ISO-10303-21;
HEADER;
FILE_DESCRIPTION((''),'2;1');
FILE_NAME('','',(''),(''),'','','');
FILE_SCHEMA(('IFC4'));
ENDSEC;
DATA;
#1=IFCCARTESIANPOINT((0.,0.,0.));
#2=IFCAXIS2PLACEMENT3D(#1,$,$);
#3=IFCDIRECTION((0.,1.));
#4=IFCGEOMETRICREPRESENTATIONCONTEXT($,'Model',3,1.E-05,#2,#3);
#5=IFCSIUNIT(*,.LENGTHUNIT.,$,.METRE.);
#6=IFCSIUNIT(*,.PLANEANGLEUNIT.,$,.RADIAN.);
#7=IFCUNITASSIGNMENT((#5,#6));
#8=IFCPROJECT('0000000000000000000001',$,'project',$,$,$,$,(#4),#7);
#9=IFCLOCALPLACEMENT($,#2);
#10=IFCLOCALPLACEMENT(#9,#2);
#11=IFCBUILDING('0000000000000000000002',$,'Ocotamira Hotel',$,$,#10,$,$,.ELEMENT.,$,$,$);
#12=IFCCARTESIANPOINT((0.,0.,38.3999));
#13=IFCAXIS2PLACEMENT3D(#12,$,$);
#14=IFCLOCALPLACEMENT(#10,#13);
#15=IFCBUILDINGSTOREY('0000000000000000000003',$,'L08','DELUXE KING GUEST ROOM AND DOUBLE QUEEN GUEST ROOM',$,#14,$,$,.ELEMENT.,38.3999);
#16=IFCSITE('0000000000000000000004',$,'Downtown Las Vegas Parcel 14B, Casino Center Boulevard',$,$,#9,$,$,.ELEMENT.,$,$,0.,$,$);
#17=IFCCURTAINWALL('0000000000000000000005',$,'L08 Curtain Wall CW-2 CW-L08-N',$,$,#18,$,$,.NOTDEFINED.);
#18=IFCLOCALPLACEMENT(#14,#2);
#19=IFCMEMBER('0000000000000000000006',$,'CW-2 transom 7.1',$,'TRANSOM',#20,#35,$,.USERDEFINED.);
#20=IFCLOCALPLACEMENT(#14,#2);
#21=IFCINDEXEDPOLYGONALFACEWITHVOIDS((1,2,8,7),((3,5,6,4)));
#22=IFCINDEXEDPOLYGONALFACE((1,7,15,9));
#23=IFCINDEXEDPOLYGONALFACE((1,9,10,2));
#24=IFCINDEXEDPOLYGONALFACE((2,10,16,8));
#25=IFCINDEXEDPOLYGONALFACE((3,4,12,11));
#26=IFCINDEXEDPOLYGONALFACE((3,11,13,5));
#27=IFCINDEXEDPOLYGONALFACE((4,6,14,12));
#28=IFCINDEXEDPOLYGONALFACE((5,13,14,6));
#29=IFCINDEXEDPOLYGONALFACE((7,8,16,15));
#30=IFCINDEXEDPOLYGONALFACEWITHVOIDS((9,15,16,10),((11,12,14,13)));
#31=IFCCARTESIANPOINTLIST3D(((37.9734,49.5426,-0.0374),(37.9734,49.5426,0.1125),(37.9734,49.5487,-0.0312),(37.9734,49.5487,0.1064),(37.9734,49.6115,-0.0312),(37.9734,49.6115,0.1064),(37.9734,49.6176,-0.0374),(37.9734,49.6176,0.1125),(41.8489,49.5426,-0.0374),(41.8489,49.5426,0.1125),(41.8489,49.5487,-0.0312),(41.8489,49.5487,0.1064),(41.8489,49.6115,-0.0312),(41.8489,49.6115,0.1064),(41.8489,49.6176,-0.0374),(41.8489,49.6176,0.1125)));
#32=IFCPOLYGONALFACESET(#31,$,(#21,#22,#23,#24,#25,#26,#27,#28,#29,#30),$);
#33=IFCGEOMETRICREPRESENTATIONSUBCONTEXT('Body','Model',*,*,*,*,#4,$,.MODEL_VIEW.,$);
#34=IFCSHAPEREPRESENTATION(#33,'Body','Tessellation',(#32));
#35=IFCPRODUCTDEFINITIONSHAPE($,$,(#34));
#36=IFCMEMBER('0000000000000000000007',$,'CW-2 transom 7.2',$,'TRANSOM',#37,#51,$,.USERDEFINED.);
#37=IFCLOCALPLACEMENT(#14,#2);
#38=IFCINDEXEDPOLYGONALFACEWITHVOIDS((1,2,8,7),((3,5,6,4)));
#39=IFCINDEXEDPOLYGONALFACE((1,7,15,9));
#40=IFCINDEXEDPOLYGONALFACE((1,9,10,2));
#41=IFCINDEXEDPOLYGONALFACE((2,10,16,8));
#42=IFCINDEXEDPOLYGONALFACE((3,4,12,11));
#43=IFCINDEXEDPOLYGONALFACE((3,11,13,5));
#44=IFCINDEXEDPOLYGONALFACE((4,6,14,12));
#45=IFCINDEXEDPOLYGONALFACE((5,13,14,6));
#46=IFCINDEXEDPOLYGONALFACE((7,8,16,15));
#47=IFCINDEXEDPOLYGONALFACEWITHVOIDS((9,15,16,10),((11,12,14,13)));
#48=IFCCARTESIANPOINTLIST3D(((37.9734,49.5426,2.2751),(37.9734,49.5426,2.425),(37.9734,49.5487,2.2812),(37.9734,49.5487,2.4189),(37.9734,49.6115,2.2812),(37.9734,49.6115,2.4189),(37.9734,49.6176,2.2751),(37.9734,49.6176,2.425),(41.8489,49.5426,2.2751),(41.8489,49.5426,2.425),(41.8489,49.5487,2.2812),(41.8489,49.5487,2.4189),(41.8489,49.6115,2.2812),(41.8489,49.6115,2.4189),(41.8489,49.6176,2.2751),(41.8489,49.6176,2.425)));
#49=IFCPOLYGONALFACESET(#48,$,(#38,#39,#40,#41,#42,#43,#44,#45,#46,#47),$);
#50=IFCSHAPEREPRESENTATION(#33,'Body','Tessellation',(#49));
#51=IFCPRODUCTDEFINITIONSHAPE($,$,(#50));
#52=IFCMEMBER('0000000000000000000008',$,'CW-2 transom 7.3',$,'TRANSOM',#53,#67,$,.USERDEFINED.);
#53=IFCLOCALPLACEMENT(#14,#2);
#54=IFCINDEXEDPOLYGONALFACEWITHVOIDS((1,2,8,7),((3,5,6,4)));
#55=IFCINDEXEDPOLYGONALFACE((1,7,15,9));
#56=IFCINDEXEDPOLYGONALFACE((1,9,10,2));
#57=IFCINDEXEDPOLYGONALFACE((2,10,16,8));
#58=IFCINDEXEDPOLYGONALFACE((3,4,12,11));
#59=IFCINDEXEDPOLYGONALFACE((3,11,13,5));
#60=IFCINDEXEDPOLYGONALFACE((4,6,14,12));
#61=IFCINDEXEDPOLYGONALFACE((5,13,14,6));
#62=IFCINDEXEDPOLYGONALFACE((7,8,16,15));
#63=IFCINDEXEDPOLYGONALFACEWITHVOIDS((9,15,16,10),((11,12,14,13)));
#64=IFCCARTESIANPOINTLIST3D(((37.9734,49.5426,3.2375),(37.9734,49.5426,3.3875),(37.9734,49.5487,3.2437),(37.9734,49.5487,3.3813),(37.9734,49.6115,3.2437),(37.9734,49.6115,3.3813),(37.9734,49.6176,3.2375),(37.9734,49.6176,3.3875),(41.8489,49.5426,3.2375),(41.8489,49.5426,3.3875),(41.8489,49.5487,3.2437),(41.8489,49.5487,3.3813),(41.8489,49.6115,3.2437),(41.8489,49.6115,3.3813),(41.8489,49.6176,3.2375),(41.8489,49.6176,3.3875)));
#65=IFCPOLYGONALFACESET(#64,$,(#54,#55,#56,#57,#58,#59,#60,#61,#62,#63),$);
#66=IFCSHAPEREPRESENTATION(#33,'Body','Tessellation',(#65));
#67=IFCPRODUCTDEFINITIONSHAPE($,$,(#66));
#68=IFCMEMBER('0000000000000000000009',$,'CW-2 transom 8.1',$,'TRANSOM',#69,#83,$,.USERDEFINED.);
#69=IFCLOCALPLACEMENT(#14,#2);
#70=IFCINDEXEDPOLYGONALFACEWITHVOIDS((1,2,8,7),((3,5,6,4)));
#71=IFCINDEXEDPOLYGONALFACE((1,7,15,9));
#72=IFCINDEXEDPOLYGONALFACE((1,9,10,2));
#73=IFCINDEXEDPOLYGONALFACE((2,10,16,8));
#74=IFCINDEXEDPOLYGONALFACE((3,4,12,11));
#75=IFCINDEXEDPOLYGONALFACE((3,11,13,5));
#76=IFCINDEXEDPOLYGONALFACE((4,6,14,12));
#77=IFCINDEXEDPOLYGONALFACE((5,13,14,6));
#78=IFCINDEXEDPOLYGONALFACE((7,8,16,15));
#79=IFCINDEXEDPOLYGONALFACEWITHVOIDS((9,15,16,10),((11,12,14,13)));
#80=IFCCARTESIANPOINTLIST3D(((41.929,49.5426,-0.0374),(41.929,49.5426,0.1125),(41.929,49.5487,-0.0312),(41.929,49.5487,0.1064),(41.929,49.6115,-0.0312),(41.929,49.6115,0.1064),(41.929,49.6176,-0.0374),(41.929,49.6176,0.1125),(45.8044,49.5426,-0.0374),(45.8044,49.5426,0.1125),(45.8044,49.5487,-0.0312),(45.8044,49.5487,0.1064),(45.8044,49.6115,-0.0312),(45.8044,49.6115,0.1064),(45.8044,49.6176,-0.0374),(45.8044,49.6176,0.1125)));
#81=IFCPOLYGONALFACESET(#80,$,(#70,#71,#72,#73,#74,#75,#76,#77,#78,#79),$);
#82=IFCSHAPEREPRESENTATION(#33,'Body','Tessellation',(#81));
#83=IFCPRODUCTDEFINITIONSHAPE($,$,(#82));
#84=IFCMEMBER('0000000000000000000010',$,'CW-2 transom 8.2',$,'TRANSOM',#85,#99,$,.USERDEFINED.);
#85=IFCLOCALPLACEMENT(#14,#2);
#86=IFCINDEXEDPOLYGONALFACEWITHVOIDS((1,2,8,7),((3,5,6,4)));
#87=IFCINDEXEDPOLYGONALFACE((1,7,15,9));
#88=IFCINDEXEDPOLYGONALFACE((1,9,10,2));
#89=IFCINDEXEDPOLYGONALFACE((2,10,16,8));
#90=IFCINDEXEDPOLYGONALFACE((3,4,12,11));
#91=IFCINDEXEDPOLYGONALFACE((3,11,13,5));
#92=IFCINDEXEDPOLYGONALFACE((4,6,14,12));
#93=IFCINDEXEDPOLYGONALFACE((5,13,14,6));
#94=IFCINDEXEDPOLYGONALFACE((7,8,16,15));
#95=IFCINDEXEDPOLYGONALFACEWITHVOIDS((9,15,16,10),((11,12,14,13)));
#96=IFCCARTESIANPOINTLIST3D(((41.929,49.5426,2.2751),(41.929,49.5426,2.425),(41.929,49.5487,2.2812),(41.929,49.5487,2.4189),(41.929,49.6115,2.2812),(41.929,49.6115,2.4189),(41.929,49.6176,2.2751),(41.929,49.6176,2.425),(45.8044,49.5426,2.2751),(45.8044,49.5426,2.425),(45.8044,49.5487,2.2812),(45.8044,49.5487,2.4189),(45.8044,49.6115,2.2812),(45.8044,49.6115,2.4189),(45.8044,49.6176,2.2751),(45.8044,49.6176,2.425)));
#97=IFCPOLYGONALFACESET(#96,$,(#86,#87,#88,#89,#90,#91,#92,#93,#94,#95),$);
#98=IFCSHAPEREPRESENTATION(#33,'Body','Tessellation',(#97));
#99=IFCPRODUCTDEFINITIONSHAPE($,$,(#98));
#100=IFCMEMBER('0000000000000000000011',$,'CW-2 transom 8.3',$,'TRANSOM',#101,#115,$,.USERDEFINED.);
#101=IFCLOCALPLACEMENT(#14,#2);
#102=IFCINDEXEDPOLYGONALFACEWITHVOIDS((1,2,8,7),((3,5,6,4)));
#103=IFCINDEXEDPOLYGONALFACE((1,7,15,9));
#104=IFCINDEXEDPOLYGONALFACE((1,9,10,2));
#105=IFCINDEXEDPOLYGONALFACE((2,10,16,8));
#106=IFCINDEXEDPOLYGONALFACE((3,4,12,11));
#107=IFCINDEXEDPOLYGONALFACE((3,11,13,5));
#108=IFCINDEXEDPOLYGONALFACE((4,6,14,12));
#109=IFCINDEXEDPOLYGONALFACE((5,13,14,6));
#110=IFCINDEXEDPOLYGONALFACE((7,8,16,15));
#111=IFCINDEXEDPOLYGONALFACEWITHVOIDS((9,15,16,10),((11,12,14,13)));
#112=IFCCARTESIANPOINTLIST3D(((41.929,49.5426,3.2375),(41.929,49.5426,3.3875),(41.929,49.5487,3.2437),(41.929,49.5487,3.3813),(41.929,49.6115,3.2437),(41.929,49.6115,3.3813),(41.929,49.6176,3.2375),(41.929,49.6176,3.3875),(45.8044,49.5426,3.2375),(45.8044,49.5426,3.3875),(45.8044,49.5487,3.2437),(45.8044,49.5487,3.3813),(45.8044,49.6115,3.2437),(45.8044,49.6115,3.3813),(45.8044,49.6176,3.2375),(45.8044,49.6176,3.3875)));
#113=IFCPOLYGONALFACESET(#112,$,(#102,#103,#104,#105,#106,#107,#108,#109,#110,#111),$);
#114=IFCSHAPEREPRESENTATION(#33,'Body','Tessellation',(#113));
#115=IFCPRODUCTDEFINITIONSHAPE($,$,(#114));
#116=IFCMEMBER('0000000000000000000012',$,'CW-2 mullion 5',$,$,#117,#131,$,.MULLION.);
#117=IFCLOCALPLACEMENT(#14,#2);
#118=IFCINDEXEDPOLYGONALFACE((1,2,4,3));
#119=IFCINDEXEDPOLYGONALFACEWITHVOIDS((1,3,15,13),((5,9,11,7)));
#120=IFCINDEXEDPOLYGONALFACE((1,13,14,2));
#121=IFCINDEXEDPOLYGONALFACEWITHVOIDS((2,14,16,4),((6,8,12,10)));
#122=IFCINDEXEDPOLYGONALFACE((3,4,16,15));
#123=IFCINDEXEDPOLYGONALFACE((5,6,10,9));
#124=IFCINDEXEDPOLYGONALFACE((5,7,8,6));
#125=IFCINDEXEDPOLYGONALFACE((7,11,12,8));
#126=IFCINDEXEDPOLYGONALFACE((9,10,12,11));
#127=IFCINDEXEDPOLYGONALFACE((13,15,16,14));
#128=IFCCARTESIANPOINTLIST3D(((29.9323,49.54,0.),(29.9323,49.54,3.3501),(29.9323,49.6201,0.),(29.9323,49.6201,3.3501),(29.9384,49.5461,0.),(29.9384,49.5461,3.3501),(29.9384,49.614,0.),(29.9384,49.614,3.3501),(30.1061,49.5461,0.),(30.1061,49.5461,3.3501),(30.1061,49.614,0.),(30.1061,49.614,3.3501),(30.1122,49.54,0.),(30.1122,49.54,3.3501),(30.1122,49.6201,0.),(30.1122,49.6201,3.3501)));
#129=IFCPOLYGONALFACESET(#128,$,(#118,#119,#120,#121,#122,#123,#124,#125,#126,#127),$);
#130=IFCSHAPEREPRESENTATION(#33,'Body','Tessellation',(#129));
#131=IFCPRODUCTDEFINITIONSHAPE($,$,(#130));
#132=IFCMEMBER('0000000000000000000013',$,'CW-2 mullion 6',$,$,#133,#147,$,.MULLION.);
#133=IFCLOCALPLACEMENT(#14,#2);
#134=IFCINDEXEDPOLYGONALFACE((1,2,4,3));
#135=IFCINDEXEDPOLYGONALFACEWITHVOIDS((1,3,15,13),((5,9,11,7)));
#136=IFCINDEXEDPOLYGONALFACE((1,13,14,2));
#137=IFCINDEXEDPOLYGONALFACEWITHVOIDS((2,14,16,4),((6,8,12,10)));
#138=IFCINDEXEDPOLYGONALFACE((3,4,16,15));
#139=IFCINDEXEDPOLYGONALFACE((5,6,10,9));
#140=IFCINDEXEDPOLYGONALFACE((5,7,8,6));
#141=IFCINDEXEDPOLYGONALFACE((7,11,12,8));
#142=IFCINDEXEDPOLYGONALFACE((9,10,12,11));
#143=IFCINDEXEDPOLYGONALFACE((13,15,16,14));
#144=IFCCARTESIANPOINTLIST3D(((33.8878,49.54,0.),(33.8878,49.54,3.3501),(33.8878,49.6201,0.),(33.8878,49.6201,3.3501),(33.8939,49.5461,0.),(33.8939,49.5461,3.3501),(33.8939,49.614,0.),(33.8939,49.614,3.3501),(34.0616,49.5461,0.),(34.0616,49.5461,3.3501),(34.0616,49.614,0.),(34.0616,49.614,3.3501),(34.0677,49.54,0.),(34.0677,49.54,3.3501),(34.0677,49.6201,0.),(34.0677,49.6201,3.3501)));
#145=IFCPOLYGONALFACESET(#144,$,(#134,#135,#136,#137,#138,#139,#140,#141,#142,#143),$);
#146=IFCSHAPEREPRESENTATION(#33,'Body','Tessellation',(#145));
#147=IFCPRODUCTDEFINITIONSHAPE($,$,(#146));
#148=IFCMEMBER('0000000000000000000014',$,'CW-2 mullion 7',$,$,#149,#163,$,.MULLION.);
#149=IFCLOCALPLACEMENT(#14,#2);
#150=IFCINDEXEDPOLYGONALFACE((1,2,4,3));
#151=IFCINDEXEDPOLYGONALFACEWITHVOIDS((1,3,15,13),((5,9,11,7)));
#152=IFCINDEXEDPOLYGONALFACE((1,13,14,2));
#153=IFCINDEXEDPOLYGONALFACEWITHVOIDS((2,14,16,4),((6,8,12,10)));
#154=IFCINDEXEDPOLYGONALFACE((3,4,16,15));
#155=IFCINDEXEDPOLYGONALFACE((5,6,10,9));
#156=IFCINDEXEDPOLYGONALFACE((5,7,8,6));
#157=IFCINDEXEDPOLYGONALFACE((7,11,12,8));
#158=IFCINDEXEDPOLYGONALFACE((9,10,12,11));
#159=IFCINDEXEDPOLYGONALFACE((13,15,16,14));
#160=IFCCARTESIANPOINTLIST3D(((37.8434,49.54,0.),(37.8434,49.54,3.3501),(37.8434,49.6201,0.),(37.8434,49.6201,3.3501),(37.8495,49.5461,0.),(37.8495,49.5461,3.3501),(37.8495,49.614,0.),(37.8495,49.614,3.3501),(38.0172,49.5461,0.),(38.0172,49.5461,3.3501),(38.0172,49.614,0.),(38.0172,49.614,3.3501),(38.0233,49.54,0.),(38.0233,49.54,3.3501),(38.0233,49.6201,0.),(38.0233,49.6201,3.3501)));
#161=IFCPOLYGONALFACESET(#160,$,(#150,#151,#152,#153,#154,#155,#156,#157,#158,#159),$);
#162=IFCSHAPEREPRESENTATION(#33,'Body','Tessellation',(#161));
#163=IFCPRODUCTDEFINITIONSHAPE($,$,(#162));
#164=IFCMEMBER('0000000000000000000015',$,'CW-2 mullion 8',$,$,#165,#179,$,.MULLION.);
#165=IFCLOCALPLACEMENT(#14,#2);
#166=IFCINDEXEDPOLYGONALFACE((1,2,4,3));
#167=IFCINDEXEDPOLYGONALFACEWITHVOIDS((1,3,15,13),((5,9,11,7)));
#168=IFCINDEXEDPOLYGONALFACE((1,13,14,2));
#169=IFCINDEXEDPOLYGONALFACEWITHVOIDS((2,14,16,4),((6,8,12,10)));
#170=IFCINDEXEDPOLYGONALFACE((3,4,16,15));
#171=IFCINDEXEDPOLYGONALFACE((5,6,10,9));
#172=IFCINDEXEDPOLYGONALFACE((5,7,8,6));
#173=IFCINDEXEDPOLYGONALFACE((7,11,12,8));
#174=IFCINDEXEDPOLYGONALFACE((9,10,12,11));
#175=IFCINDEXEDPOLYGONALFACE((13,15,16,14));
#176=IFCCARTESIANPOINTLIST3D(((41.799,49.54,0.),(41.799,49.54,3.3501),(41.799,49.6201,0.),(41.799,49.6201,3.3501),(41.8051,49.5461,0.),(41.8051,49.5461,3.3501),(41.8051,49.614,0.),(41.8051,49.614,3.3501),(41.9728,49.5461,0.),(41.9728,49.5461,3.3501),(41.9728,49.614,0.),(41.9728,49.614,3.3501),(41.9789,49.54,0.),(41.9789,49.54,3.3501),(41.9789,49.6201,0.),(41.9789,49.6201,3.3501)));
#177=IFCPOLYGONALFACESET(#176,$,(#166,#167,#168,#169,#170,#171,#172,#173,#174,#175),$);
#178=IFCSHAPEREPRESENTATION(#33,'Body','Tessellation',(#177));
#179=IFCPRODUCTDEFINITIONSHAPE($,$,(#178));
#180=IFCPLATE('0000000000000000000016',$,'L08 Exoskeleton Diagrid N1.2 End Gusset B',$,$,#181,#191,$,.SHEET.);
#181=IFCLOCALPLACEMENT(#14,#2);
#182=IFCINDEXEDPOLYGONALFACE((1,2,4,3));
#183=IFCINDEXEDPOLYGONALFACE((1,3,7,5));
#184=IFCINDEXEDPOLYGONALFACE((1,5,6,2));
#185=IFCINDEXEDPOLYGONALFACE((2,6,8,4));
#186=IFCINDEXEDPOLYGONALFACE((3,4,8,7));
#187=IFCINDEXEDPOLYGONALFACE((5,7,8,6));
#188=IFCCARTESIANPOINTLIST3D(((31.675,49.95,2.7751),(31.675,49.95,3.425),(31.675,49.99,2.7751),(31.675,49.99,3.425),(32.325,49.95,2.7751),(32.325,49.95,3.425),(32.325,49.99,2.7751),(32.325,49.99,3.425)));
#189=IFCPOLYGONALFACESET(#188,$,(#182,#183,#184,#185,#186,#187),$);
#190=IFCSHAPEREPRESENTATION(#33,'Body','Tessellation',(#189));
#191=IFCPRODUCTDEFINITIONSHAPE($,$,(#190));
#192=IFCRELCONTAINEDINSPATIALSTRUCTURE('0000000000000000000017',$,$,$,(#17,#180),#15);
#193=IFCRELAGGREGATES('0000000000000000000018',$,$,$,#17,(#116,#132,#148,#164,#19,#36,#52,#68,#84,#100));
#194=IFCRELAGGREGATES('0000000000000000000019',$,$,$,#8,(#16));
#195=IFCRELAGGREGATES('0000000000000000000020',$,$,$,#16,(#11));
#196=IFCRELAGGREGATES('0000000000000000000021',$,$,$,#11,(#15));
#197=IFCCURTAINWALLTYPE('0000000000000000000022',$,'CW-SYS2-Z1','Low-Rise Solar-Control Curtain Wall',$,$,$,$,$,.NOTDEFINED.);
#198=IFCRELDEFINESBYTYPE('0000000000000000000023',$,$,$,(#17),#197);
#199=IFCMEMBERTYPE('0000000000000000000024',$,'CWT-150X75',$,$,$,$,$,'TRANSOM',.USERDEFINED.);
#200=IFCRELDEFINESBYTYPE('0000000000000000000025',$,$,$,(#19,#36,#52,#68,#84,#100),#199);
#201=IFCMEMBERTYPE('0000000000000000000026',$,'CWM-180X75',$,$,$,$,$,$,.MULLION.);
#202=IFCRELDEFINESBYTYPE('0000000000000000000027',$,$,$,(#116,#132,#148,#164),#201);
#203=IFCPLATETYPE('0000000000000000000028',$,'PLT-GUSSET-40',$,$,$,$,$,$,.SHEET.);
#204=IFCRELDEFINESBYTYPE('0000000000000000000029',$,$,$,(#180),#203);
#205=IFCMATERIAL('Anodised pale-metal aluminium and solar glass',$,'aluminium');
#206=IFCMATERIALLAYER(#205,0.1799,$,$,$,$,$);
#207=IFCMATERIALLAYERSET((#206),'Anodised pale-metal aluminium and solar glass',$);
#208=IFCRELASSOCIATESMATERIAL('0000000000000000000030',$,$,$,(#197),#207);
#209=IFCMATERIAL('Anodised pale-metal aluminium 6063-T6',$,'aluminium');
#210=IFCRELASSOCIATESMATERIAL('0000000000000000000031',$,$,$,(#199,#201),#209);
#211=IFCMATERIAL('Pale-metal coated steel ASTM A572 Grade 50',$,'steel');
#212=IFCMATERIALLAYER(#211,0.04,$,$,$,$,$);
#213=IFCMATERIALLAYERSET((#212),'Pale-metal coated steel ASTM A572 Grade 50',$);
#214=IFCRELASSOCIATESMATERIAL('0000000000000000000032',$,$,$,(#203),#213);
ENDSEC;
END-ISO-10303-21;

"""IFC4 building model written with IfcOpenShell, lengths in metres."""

from ifc_helpers import new_model, si_unit, direction, frame, origin, origin_2d, place, context, subcontext, project, spatial, rectangle, hollow_rectangle, extrude, source, transform, mapped, material, layer, layer_set, material_profile, profile_set, type_object, element, aggregate, save


model = new_model("IFC4")

# Units and contexts
model_context = context("Model", 3, precision=1e-05, world=origin(), true_north=direction((0.0, 1.0)))
body_context = subcontext(model_context, "Body", "Model", "MODEL_VIEW")
ifc_project = project(units=[si_unit("LENGTHUNIT", "METRE"), si_unit("PLANEANGLEUNIT", "RADIAN")], contexts=[model_context])

# Site, building, storey
site_placement = place(None, origin())
site = spatial("IfcSite", under=ifc_project, at=site_placement, Name="Downtown Las Vegas Parcel 14B, Casino Center Boulevard", CompositionType="ELEMENT", RefElevation=0.0)
building_placement = place(site_placement, origin())
building = spatial("IfcBuilding", under=site, at=building_placement, Name="Ocotamira Hotel", CompositionType="ELEMENT")
storey_placement = place(building_placement, frame((0.0, 0.0, 38.3999)))
storey = spatial("IfcBuildingStorey", under=building, at=storey_placement, Name="L08", Description="DELUXE KING GUEST ROOM AND DOUBLE QUEEN GUEST ROOM", CompositionType="ELEMENT", Elevation=38.3999)

# Curtain wall, members
ifc_material_1 = material(Name="Anodised pale-metal aluminium and solar glass", Category="aluminium")
ifc_layer_1 = layer(ifc_material_1, 0.1799)
ifc_layer_set_1 = layer_set([ifc_layer_1], Name="Anodised pale-metal aluminium and solar glass")
curtain_wall_type = type_object("IfcCurtainWallType", Name="CW-SYS2-Z1", Description="Low-Rise Solar-Control Curtain Wall", PredefinedType="NOTDEFINED", material=ifc_layer_set_1)
curtain_wall_placement = place(storey_placement, origin())
curtain_wall = element("IfcCurtainWall", 1, at=curtain_wall_placement, inside=storey, type_object=curtain_wall_type, Name="L08 Curtain Wall CW-2 CW-L08-N", PredefinedType="NOTDEFINED")
ifc_material_2 = material(Name="Anodised pale-metal aluminium 6063-T6", Category="aluminium")
ifc_material_profile_1 = material_profile(ifc_material_2, hollow_rectangle(XDim=0.075, YDim=0.1499, WallThickness=0.0061, at=origin_2d()), Name="HSS150X75X6")
ifc_profile_set_1 = profile_set([ifc_material_profile_1], Name="Anodised pale-metal aluminium 6063-T6")
member_type_1 = type_object("IfcMemberType", Name="CWT-150X75", ElementType="TRANSOM", PredefinedType="USERDEFINED", material=ifc_profile_set_1)
shared_shape_1 = source(origin(), body_context, "Body", "SweptSolid", [
    extrude(hollow_rectangle(XDim=0.075, YDim=0.1499, WallThickness=0.0061, at=origin_2d()), origin(), (0.0, 0.0, 1.0), 3.8755),
])
member_1_placement = place(storey_placement, frame((37.9734, 49.5801, 0.0376), z_axis=(1.0, 0.0, 0.0), x_axis=(0.0, 1.0, 0.0)))
member_1 = element("IfcMember", 2, at=member_1_placement, type_object=member_type_1, Name="CW-2 transom 7.1", ObjectType="TRANSOM", PredefinedType="USERDEFINED", context=body_context, shape_type="MappedRepresentation", body=[
    mapped(shared_shape_1, transform((0.0, 0.0, 0.0), scale=1.0)),
])
member_2_placement = place(storey_placement, frame((37.9734, 49.5801, 2.3501), z_axis=(1.0, 0.0, 0.0), x_axis=(0.0, 1.0, 0.0)))
member_2 = element("IfcMember", 3, at=member_2_placement, type_object=member_type_1, Name="CW-2 transom 7.2", ObjectType="TRANSOM", PredefinedType="USERDEFINED", context=body_context, shape_type="MappedRepresentation", body=[
    mapped(shared_shape_1, transform((0.0, 0.0, 0.0), scale=1.0)),
])
member_3_placement = place(storey_placement, frame((37.9734, 49.5801, 3.3125), z_axis=(1.0, 0.0, 0.0), x_axis=(0.0, 1.0, 0.0)))
member_3 = element("IfcMember", 4, at=member_3_placement, type_object=member_type_1, Name="CW-2 transom 7.3", ObjectType="TRANSOM", PredefinedType="USERDEFINED", context=body_context, shape_type="MappedRepresentation", body=[
    mapped(shared_shape_1, transform((0.0, 0.0, 0.0), scale=1.0)),
])
member_4_placement = place(storey_placement, frame((41.929, 49.5801, 0.0376), z_axis=(1.0, 0.0, 0.0), x_axis=(0.0, 1.0, 0.0)))
member_4 = element("IfcMember", 5, at=member_4_placement, type_object=member_type_1, Name="CW-2 transom 8.1", ObjectType="TRANSOM", PredefinedType="USERDEFINED", context=body_context, shape_type="MappedRepresentation", body=[
    mapped(shared_shape_1, transform((0.0, 0.0, 0.0), scale=1.0)),
])
member_5_placement = place(storey_placement, frame((41.929, 49.5801, 2.3501), z_axis=(1.0, 0.0, 0.0), x_axis=(0.0, 1.0, 0.0)))
member_5 = element("IfcMember", 6, at=member_5_placement, type_object=member_type_1, Name="CW-2 transom 8.2", ObjectType="TRANSOM", PredefinedType="USERDEFINED", context=body_context, shape_type="MappedRepresentation", body=[
    mapped(shared_shape_1, transform((0.0, 0.0, 0.0), scale=1.0)),
])
member_6_placement = place(storey_placement, frame((41.929, 49.5801, 3.3125), z_axis=(1.0, 0.0, 0.0), x_axis=(0.0, 1.0, 0.0)))
member_6 = element("IfcMember", 7, at=member_6_placement, type_object=member_type_1, Name="CW-2 transom 8.3", ObjectType="TRANSOM", PredefinedType="USERDEFINED", context=body_context, shape_type="MappedRepresentation", body=[
    mapped(shared_shape_1, transform((0.0, 0.0, 0.0), scale=1.0)),
])
ifc_material_profile_2 = material_profile(ifc_material_2, hollow_rectangle(XDim=0.0801, YDim=0.1799, WallThickness=0.0061, at=origin_2d()), Name="HSS180X80X6")
ifc_profile_set_2 = profile_set([ifc_material_profile_2], Name="Anodised pale-metal aluminium 6063-T6")
member_type_2 = type_object("IfcMemberType", Name="CWM-180X75", PredefinedType="MULLION", material=ifc_profile_set_2)
shared_shape_2 = source(origin(), body_context, "Body", "SweptSolid", [
    extrude(hollow_rectangle(XDim=0.0801, YDim=0.1799, WallThickness=0.0061, at=origin_2d()), origin(), (0.0, 0.0, 1.0), 3.3501),
])
member_7_placement = place(storey_placement, frame((30.0222, 49.5801, 0.0), z_axis=(0.0, 0.0, 1.0), x_axis=(0.0, 1.0, 0.0)))
member_7 = element("IfcMember", 8, at=member_7_placement, type_object=member_type_2, Name="CW-2 mullion 5", PredefinedType="MULLION", context=body_context, shape_type="MappedRepresentation", body=[
    mapped(shared_shape_2, transform((0.0, 0.0, 0.0), scale=1.0)),
])
member_8_placement = place(storey_placement, frame((33.9778, 49.5801, 0.0), z_axis=(0.0, 0.0, 1.0), x_axis=(0.0, 1.0, 0.0)))
member_8 = element("IfcMember", 9, at=member_8_placement, type_object=member_type_2, Name="CW-2 mullion 6", PredefinedType="MULLION", context=body_context, shape_type="MappedRepresentation", body=[
    mapped(shared_shape_2, transform((0.0, 0.0, 0.0), scale=1.0)),
])
member_9_placement = place(storey_placement, frame((37.9333, 49.5801, 0.0), z_axis=(0.0, 0.0, 1.0), x_axis=(0.0, 1.0, 0.0)))
member_9 = element("IfcMember", 10, at=member_9_placement, type_object=member_type_2, Name="CW-2 mullion 7", PredefinedType="MULLION", context=body_context, shape_type="MappedRepresentation", body=[
    mapped(shared_shape_2, transform((0.0, 0.0, 0.0), scale=1.0)),
])
member_10_placement = place(storey_placement, frame((41.8889, 49.5801, 0.0), z_axis=(0.0, 0.0, 1.0), x_axis=(0.0, 1.0, 0.0)))
member_10 = element("IfcMember", 11, at=member_10_placement, type_object=member_type_2, Name="CW-2 mullion 8", PredefinedType="MULLION", context=body_context, shape_type="MappedRepresentation", body=[
    mapped(shared_shape_2, transform((0.0, 0.0, 0.0), scale=1.0)),
])

# Plate
ifc_material_3 = material(Name="Pale-metal coated steel ASTM A572 Grade 50", Category="steel")
ifc_layer_2 = layer(ifc_material_3, 0.04)
ifc_layer_set_2 = layer_set([ifc_layer_2], Name="Pale-metal coated steel ASTM A572 Grade 50")
plate_type_1 = type_object("IfcPlateType", Name="PLT-GUSSET-40", PredefinedType="SHEET", material=ifc_layer_set_2)
shared_shape_3 = source(origin(), body_context, "Body", "SweptSolid", [
    extrude(rectangle(XDim=0.6499, YDim=0.04, at=origin_2d()), origin(), (0.0, 0.0, 1.0), 0.6499),
])
for number, where, z_axis, x_axis, name in (
    (12, (32.0, 49.97, 2.7751), (0.0, 0.0, 1.0), (1.0, 0.0, 0.0), "L08 Exoskeleton Diagrid N1.2 End Gusset B"),
):
    element("IfcPlate", number, at=place(storey_placement, frame(where, z_axis=z_axis, x_axis=x_axis)), inside=storey, type_object=plate_type_1, Name=name, PredefinedType="SHEET", context=body_context, shape_type="MappedRepresentation", body=[
        mapped(shared_shape_3, transform((0.0, 0.0, 0.0), scale=1.0)),
    ])

aggregate(curtain_wall, [member_7, member_8, member_9, member_10, member_1, member_2, member_3, member_4, member_5, member_6])

save(model, "model.ifc")
